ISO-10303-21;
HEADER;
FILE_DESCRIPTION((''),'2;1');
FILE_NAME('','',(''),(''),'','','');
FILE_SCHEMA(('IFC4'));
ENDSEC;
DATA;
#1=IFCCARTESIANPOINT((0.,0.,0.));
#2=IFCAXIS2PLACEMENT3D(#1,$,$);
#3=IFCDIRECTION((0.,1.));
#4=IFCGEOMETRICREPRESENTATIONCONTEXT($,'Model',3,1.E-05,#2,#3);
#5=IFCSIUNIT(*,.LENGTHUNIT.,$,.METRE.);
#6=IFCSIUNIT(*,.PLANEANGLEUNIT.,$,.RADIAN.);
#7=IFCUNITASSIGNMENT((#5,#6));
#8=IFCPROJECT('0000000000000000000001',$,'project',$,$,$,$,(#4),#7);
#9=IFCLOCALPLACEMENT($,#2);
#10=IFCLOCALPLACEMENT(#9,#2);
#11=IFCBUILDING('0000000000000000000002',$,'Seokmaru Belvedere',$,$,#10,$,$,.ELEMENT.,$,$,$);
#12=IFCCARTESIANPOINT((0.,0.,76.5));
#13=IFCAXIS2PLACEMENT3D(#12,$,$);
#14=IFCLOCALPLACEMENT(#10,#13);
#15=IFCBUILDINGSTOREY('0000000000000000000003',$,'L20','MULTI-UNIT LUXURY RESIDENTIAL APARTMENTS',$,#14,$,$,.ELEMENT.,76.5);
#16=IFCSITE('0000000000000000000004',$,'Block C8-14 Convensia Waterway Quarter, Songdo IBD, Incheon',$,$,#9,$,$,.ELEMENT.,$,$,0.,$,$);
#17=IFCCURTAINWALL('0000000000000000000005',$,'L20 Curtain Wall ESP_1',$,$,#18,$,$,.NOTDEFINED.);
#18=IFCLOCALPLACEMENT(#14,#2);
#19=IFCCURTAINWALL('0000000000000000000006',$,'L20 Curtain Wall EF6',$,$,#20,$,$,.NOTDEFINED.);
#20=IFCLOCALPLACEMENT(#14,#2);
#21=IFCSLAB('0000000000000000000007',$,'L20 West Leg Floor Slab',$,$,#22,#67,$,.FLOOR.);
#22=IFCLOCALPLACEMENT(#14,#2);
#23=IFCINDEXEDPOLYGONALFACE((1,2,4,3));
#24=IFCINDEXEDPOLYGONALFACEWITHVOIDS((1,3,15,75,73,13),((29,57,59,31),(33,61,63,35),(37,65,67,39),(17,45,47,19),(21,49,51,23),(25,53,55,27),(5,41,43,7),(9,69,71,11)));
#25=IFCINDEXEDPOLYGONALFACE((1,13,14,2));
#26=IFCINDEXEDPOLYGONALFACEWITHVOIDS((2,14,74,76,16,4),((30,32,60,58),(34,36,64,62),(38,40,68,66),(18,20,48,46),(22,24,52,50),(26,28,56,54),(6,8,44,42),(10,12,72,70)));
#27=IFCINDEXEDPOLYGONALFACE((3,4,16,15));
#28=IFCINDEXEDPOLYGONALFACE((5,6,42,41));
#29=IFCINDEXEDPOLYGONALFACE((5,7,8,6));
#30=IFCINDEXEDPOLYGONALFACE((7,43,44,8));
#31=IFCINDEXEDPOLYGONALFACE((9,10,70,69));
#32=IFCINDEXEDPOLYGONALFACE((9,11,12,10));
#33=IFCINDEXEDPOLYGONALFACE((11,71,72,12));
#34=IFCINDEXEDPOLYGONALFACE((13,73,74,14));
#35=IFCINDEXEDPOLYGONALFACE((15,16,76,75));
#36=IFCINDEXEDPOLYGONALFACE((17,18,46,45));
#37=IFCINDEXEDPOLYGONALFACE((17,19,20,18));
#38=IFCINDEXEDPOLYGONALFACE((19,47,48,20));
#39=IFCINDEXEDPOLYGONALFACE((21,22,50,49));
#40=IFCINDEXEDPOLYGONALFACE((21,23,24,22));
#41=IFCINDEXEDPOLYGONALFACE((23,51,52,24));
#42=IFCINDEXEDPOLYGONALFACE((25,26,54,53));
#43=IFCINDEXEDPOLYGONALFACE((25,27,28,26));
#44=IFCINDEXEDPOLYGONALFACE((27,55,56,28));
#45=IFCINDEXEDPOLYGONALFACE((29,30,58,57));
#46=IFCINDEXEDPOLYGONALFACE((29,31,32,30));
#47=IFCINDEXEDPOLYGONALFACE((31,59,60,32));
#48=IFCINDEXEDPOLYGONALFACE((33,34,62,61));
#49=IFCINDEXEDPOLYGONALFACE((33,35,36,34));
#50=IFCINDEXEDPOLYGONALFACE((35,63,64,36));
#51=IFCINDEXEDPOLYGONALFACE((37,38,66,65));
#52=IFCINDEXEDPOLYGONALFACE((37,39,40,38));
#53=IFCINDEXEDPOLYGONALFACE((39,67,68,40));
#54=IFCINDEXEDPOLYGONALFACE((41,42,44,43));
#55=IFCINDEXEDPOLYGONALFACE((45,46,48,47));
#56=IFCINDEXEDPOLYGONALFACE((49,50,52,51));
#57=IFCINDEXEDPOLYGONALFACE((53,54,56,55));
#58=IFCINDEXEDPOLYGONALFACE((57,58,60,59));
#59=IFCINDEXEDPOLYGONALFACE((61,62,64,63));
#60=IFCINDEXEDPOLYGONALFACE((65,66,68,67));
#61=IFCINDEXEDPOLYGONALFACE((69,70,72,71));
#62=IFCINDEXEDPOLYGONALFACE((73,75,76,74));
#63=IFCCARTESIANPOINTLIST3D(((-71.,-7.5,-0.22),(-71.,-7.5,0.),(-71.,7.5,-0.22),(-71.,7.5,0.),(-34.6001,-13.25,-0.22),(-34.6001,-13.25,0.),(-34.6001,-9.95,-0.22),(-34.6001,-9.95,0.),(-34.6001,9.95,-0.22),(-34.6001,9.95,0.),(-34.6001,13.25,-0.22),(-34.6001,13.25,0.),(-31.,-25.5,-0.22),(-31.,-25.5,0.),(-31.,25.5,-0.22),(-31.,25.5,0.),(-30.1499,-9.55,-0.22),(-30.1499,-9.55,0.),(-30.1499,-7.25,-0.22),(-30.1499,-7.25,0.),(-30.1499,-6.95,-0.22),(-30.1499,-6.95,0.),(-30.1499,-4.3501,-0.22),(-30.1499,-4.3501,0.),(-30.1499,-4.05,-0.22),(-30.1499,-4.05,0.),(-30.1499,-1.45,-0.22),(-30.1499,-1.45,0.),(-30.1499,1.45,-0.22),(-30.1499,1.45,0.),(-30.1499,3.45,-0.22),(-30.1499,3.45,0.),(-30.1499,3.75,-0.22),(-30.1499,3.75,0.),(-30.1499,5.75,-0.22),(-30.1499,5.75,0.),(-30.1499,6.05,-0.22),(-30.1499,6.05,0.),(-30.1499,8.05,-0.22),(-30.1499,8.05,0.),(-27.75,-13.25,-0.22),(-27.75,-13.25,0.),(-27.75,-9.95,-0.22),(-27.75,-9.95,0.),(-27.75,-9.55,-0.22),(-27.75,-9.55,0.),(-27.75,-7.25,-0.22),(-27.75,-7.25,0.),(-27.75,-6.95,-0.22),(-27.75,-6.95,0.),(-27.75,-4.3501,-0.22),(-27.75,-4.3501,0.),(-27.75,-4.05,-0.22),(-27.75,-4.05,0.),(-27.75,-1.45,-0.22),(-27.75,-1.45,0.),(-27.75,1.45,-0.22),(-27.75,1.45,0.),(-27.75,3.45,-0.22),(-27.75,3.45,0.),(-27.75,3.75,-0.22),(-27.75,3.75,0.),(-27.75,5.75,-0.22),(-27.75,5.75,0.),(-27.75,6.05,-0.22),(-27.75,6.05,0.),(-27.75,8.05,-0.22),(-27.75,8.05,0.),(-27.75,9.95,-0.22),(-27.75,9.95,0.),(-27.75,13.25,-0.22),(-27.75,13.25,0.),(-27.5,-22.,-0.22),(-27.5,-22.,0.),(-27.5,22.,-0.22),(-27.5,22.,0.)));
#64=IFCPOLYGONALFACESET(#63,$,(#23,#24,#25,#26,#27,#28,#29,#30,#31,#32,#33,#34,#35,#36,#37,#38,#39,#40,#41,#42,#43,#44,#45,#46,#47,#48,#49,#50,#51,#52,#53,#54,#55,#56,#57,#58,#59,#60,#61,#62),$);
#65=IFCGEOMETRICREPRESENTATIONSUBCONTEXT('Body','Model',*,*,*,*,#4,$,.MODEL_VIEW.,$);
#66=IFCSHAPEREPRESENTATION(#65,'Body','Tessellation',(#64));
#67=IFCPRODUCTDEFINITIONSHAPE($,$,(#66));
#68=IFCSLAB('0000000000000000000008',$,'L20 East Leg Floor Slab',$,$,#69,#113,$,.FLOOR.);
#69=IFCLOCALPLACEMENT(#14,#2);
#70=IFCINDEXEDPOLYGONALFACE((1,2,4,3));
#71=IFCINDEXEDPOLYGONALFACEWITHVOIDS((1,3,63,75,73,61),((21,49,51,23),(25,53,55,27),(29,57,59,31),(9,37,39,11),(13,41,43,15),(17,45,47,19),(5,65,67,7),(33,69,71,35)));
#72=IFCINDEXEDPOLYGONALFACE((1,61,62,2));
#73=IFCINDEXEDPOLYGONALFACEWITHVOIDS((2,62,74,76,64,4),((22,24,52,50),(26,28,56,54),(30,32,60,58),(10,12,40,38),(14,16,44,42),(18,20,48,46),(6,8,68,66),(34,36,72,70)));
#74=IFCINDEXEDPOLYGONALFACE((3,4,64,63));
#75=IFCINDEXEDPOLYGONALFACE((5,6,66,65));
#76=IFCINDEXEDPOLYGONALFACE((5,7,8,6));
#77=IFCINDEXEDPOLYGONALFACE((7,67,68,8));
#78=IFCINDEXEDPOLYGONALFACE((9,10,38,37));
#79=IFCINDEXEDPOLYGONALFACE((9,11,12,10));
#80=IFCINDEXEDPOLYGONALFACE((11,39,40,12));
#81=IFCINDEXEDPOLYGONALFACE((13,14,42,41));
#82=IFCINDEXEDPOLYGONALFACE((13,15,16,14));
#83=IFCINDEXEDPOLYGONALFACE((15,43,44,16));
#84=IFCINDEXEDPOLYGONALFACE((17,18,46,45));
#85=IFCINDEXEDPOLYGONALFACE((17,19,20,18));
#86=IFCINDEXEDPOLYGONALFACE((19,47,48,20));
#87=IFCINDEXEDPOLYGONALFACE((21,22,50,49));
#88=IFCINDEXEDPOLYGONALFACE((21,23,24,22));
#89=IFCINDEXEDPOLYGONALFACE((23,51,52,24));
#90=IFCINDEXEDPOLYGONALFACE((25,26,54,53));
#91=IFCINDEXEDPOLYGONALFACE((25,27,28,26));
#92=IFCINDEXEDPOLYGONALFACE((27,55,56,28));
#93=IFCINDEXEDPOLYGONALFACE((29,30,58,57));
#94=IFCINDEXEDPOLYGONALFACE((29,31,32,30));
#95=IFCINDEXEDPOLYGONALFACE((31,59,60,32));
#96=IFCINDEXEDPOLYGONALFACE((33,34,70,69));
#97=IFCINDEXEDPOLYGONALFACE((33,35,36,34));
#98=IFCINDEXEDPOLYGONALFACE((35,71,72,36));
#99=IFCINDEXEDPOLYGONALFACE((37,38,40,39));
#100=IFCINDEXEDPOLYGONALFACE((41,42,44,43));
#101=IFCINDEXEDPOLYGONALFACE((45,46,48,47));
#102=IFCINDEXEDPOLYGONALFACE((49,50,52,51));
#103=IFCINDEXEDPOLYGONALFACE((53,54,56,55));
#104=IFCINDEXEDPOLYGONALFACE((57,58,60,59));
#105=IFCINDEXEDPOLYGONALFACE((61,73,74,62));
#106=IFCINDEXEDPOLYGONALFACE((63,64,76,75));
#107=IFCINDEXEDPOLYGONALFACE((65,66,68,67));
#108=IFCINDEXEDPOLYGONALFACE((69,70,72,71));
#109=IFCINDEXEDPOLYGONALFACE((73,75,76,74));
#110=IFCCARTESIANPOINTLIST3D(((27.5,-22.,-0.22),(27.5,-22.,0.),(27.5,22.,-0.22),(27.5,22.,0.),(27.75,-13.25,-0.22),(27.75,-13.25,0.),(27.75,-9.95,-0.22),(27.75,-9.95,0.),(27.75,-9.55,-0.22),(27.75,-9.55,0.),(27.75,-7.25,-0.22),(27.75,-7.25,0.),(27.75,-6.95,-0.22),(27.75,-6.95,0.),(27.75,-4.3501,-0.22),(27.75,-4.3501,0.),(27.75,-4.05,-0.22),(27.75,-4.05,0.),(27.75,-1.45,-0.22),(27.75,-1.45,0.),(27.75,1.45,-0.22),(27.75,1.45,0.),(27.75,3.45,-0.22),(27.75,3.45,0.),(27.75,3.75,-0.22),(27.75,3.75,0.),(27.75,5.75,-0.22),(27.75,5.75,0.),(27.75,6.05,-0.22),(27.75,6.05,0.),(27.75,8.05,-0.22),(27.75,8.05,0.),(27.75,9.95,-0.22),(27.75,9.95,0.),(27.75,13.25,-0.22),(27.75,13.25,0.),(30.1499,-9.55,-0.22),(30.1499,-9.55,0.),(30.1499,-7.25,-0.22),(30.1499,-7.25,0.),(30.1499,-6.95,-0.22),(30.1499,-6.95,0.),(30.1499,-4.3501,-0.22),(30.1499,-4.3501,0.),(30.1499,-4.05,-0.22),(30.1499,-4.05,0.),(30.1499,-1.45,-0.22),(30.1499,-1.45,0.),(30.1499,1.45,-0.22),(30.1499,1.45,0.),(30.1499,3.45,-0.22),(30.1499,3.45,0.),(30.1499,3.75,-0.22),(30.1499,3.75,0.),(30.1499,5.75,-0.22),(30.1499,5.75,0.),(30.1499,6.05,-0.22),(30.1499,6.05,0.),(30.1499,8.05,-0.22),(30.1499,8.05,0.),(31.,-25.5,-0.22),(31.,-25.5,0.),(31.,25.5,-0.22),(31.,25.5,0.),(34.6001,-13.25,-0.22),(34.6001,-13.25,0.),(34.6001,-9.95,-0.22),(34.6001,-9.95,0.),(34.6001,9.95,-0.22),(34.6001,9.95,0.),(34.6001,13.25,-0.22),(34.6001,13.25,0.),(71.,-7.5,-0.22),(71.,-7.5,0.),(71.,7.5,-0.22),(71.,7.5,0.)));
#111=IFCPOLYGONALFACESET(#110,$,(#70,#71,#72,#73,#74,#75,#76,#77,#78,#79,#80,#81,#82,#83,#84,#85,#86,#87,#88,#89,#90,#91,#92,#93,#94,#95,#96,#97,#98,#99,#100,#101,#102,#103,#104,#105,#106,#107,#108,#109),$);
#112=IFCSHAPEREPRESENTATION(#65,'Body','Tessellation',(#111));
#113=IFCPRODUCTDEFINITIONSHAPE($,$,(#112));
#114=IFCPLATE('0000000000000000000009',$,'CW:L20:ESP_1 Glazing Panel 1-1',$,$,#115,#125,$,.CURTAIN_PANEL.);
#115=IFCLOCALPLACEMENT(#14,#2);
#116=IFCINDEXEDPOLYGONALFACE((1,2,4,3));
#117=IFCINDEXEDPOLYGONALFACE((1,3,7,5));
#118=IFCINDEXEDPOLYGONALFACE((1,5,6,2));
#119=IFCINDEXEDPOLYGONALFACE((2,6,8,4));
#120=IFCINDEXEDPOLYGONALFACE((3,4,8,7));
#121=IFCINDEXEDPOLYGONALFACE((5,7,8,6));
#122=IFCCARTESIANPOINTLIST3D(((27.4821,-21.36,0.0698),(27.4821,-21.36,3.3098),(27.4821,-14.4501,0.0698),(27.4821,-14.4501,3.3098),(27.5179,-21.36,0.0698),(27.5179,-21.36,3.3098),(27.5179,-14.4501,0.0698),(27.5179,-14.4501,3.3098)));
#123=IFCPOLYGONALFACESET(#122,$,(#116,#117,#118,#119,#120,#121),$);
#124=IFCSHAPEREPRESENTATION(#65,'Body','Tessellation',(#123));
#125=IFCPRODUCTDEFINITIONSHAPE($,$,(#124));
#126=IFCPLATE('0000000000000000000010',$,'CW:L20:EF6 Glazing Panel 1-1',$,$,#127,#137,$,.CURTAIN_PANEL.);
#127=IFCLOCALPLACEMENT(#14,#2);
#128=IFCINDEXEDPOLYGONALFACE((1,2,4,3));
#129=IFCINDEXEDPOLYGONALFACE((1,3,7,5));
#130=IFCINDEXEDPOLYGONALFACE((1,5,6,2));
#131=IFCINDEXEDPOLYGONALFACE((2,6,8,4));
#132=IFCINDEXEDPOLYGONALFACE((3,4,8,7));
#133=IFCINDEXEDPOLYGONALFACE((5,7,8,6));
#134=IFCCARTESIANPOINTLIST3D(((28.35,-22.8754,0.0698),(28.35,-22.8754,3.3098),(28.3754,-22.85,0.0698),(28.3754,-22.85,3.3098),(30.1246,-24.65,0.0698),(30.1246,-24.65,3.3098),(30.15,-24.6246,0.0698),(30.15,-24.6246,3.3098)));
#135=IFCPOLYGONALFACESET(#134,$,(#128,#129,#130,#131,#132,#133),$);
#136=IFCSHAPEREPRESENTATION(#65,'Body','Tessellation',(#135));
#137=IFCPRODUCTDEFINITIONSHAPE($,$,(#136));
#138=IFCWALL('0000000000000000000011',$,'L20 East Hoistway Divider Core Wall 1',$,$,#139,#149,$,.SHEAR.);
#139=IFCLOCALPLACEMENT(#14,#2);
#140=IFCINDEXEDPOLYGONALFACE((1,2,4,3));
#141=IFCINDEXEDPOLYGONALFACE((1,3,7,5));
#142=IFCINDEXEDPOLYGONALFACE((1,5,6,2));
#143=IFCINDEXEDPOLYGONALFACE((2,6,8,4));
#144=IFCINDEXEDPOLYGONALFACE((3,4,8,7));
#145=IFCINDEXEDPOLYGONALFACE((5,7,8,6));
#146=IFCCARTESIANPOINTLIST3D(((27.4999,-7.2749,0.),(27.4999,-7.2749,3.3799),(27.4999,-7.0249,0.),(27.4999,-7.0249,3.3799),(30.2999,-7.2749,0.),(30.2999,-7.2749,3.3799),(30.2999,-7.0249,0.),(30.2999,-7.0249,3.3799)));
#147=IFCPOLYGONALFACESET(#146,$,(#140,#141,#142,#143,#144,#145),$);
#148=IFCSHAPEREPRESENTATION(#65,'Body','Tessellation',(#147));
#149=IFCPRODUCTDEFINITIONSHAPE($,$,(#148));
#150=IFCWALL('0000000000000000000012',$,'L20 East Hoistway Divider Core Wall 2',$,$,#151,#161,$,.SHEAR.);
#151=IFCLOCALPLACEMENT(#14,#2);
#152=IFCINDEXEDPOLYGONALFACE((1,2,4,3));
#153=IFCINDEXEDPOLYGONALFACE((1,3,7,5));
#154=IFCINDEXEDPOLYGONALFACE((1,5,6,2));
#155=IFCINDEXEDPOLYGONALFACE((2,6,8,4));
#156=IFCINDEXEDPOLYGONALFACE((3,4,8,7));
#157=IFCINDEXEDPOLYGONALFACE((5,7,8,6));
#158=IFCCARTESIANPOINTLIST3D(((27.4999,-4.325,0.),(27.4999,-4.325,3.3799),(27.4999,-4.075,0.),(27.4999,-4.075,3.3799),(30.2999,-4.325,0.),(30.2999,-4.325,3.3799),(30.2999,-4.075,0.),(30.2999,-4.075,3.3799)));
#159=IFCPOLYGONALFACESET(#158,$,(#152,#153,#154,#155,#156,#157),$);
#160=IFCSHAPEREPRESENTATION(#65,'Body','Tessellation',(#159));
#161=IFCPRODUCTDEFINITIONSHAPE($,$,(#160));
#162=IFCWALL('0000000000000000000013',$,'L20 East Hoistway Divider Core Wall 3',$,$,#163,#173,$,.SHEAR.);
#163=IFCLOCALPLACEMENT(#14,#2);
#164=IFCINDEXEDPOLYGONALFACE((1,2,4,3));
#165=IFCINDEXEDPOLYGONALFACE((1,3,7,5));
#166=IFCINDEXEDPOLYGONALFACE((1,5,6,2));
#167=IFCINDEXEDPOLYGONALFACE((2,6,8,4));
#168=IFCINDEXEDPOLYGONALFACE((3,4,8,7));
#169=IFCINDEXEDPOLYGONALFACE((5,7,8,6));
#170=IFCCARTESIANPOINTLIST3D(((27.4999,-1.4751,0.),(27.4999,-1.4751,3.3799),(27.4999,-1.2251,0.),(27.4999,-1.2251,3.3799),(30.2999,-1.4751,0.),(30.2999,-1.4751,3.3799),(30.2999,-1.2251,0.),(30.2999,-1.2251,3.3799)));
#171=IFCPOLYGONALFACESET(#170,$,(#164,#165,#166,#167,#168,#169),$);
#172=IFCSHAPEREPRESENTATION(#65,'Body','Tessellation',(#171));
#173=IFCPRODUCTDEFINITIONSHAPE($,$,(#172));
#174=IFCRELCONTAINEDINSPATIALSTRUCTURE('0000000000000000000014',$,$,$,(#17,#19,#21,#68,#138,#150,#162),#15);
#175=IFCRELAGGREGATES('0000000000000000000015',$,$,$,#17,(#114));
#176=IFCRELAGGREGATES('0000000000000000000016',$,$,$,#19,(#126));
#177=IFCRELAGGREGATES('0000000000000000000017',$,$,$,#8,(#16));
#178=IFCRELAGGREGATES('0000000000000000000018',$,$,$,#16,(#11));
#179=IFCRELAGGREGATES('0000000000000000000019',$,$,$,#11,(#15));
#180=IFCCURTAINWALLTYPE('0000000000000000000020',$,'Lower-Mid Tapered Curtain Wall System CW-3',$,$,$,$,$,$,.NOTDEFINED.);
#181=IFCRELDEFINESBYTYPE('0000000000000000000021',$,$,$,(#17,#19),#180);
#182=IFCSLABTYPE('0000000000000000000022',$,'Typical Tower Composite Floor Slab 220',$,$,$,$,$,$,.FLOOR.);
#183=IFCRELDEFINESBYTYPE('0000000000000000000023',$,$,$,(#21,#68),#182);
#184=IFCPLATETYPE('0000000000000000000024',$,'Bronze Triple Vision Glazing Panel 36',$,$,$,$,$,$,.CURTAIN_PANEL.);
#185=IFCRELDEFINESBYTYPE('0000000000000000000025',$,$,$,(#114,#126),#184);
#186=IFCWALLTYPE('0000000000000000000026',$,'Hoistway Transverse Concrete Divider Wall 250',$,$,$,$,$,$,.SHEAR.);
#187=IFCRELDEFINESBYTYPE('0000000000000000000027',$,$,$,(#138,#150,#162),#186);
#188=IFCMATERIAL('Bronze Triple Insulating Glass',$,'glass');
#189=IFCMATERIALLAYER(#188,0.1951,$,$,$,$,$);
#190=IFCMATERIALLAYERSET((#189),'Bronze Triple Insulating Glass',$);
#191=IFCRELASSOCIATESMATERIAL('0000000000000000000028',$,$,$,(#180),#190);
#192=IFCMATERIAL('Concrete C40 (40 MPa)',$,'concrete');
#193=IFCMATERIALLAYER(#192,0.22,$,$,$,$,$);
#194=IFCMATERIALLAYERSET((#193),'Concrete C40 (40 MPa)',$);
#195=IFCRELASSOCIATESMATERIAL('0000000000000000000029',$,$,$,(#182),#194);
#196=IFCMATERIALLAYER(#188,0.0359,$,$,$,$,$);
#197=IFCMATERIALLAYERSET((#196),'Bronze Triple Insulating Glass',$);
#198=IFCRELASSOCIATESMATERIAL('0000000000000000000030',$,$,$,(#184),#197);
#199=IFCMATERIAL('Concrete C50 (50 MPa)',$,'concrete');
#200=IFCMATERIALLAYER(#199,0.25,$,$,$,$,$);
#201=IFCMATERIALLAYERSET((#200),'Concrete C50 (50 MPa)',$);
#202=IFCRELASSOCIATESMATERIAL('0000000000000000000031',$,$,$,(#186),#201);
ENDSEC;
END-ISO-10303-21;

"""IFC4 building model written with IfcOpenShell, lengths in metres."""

from ifc_helpers import new_model, si_unit, direction, frame, frame_2d, origin, origin_2d, place, context, subcontext, project, spatial, polyline, rectangle, outline, extrude, source, transform, mapped, material, layer, layer_set, type_object, type_shapes, element, aggregate, save


model = new_model("IFC4")

# Units and contexts
model_context = context("Model", 3, precision=1e-05, world=origin(), true_north=direction((0.0, 1.0)))
body_context = subcontext(model_context, "Body", "Model", "MODEL_VIEW")
ifc_project = project(units=[si_unit("LENGTHUNIT", "METRE"), si_unit("PLANEANGLEUNIT", "RADIAN")], contexts=[model_context])

# Site, building, storey
site_placement = place(None, origin())
site = spatial("IfcSite", under=ifc_project, at=site_placement, Name="Block C8-14 Convensia Waterway Quarter, Songdo IBD, Incheon", CompositionType="ELEMENT", RefElevation=0.0)
building_placement = place(site_placement, origin())
building = spatial("IfcBuilding", under=site, at=building_placement, Name="Seokmaru Belvedere", CompositionType="ELEMENT")
storey_placement = place(building_placement, frame((0.0, 0.0, 76.5)))
storey = spatial("IfcBuildingStorey", under=building, at=storey_placement, Name="L20", Description="MULTI-UNIT LUXURY RESIDENTIAL APARTMENTS", CompositionType="ELEMENT", Elevation=76.5)

# Curtain wall
ifc_material_1 = material(Name="Bronze Triple Insulating Glass", Category="glass")
ifc_layer_1 = layer(ifc_material_1, 0.1951)
ifc_layer_set_1 = layer_set([ifc_layer_1], Name="Bronze Triple Insulating Glass")
curtain_wall_type = type_object("IfcCurtainWallType", Name="Lower-Mid Tapered Curtain Wall System CW-3", PredefinedType="NOTDEFINED", material=ifc_layer_set_1)
curtain_wall_1_placement = place(storey_placement, origin())
curtain_wall_1 = element("IfcCurtainWall", 1, at=curtain_wall_1_placement, inside=storey, type_object=curtain_wall_type, Name="L20 Curtain Wall ESP_1", PredefinedType="NOTDEFINED")

# Curtain wall
curtain_wall_2_placement = place(storey_placement, origin())
curtain_wall_2 = element("IfcCurtainWall", 2, at=curtain_wall_2_placement, inside=storey, type_object=curtain_wall_type, Name="L20 Curtain Wall EF6", PredefinedType="NOTDEFINED")

# Shared definitions
ifc_material_2 = material(Name="Concrete C40 (40 MPa)", Category="concrete")

# Slabs
ifc_layer_2 = layer(ifc_material_2, 0.22)
ifc_layer_set_2 = layer_set([ifc_layer_2], Name="Concrete C40 (40 MPa)")
slab_type_1 = type_object("IfcSlabType", Name="Typical Tower Composite Floor Slab 220", PredefinedType="FLOOR", material=ifc_layer_set_2)
slab_1_placement = place(storey_placement, frame((0.0, 0.0, -0.22)))
element("IfcSlab", 3, at=slab_1_placement, inside=storey, type_object=slab_type_1, Name="L20 West Leg Floor Slab", PredefinedType="FLOOR", context=body_context, shape_type="SweptSolid", body=[
    extrude(outline(polyline([(-27.5, -22.0), (-27.5, 22.0), (-31.0, 25.5), (-71.0, 7.5), (-71.0, -7.5), (-31.0, -25.5), (-27.5, -22.0)]), holes=[polyline([(-34.6001, -13.25), (-27.75, -13.25), (-27.75, -9.95), (-34.6001, -9.95), (-34.6001, -13.25)]), polyline([(-34.6001, 9.95), (-27.75, 9.95), (-27.75, 13.25), (-34.6001, 13.25), (-34.6001, 9.95)]), polyline([(-30.1499, -9.55), (-27.75, -9.55), (-27.75, -7.25), (-30.1499, -7.25), (-30.1499, -9.55)]), polyline([(-30.1499, -6.95), (-27.75, -6.95), (-27.75, -4.3501), (-30.1499, -4.3501), (-30.1499, -6.95)]), polyline([(-30.1499, -4.05), (-27.75, -4.05), (-27.75, -1.45), (-30.1499, -1.45), (-30.1499, -4.05)]), polyline([(-30.1499, 1.45), (-27.75, 1.45), (-27.75, 3.45), (-30.1499, 3.45), (-30.1499, 1.45)]), polyline([(-30.1499, 3.75), (-27.75, 3.75), (-27.75, 5.75), (-30.1499, 5.75), (-30.1499, 3.75)]), polyline([(-30.1499, 6.05), (-27.75, 6.05), (-27.75, 8.05), (-30.1499, 8.05), (-30.1499, 6.05)])]), origin(), (0.0, 0.0, 1.0), 0.22),
])
slab_2_placement = place(storey_placement, frame((0.0, 0.0, -0.22)))
element("IfcSlab", 4, at=slab_2_placement, inside=storey, type_object=slab_type_1, Name="L20 East Leg Floor Slab", PredefinedType="FLOOR", context=body_context, shape_type="SweptSolid", body=[
    extrude(outline(polyline([(31.0, -25.5), (71.0, -7.5), (71.0, 7.5), (31.0, 25.5), (27.5, 22.0), (27.5, -22.0), (31.0, -25.5)]), holes=[polyline([(27.75, -13.25), (34.6001, -13.25), (34.6001, -9.95), (27.75, -9.95), (27.75, -13.25)]), polyline([(27.75, 9.95), (34.6001, 9.95), (34.6001, 13.25), (27.75, 13.25), (27.75, 9.95)]), polyline([(27.75, -9.55), (30.1499, -9.55), (30.1499, -7.25), (27.75, -7.25), (27.75, -9.55)]), polyline([(27.75, -6.95), (30.1499, -6.95), (30.1499, -4.3501), (27.75, -4.3501), (27.75, -6.95)]), polyline([(27.75, -4.05), (30.1499, -4.05), (30.1499, -1.45), (27.75, -1.45), (27.75, -4.05)]), polyline([(27.75, 1.45), (30.1499, 1.45), (30.1499, 3.45), (27.75, 3.45), (27.75, 1.45)]), polyline([(27.75, 3.75), (30.1499, 3.75), (30.1499, 5.75), (27.75, 5.75), (27.75, 3.75)]), polyline([(27.75, 6.05), (30.1499, 6.05), (30.1499, 8.05), (27.75, 8.05), (27.75, 6.05)])]), origin(), (0.0, 0.0, 1.0), 0.22),
])

# Plates
ifc_layer_3 = layer(ifc_material_1, 0.0359)
ifc_layer_set_3 = layer_set([ifc_layer_3], Name="Bronze Triple Insulating Glass")
plate_type = type_object("IfcPlateType", Name="Bronze Triple Vision Glazing Panel 36", PredefinedType="CURTAIN_PANEL", material=ifc_layer_set_3)
shared_shape_1 = source(origin(), body_context, "Body", "SweptSolid", [
    extrude(rectangle(XDim=6.9099, YDim=0.0359, at=origin_2d()), origin(), (0.0, 0.0, 1.0), 3.24),
])
plate_1_placement = place(storey_placement, frame((27.5, -17.905, 0.0698), z_axis=(0.0, 0.0, 1.0), x_axis=(0.0, -1.0, 0.0)))
plate_1 = element("IfcPlate", 5, at=plate_1_placement, type_object=plate_type, Name="CW:L20:ESP_1 Glazing Panel 1-1", PredefinedType="CURTAIN_PANEL", context=body_context, shape_type="MappedRepresentation", body=[
    mapped(shared_shape_1, transform((0.0, 0.0, 0.0), scale=1.0)),
])
aggregate(curtain_wall_1, [plate_1])
shared_shape_2 = source(origin(), body_context, "Body", "SweptSolid", [
    extrude(rectangle(XDim=2.5098, YDim=0.0359, at=origin_2d()), origin(), (0.0, 0.0, 1.0), 3.24),
])
type_shapes(plate_type, [shared_shape_1, shared_shape_2])
plate_2_placement = place(storey_placement, frame((29.25, -23.75, 0.0698), z_axis=(0.0, 0.0, 1.0), x_axis=(0.707107, -0.707107, 0.0)))
plate_2 = element("IfcPlate", 6, at=plate_2_placement, type_object=plate_type, Name="CW:L20:EF6 Glazing Panel 1-1", PredefinedType="CURTAIN_PANEL", context=body_context, shape_type="MappedRepresentation", body=[
    mapped(shared_shape_2, transform((0.0, 0.0, 0.0), scale=1.0)),
])
aggregate(curtain_wall_2, [plate_2])

# Walls
ifc_material_3 = material(Name="Concrete C50 (50 MPa)", Category="concrete")
ifc_layer_4 = layer(ifc_material_3, 0.25)
ifc_layer_set_4 = layer_set([ifc_layer_4], Name="Concrete C50 (50 MPa)")
wall_type_1 = type_object("IfcWallType", Name="Hoistway Transverse Concrete Divider Wall 250", PredefinedType="SHEAR", material=ifc_layer_set_4)
for number, where, z_axis, x_axis, name in (
    (7, (27.5, -7.1499, 0.0), (0.0, 0.0, 1.0), (1.0, 0.0, 0.0), "L20 East Hoistway Divider Core Wall 1"),
    (8, (27.5, -4.2, 0.0), (0.0, 0.0, 1.0), (1.0, 0.0, 0.0), "L20 East Hoistway Divider Core Wall 2"),
    (9, (27.5, -1.3501, 0.0), (0.0, 0.0, 1.0), (1.0, 0.0, 0.0), "L20 East Hoistway Divider Core Wall 3"),
):
    element("IfcWall", number, at=place(storey_placement, frame(where, z_axis=z_axis, x_axis=x_axis)), inside=storey, type_object=wall_type_1, Name=name, PredefinedType="SHEAR", context=body_context, shape_type="SweptSolid", body=[
        extrude(rectangle(XDim=2.8, YDim=0.25, at=frame_2d((1.3999, 0.0))), origin(), (0.0, 0.0, 1.0), 3.3799),
    ])

save(model, "model.ifc")
